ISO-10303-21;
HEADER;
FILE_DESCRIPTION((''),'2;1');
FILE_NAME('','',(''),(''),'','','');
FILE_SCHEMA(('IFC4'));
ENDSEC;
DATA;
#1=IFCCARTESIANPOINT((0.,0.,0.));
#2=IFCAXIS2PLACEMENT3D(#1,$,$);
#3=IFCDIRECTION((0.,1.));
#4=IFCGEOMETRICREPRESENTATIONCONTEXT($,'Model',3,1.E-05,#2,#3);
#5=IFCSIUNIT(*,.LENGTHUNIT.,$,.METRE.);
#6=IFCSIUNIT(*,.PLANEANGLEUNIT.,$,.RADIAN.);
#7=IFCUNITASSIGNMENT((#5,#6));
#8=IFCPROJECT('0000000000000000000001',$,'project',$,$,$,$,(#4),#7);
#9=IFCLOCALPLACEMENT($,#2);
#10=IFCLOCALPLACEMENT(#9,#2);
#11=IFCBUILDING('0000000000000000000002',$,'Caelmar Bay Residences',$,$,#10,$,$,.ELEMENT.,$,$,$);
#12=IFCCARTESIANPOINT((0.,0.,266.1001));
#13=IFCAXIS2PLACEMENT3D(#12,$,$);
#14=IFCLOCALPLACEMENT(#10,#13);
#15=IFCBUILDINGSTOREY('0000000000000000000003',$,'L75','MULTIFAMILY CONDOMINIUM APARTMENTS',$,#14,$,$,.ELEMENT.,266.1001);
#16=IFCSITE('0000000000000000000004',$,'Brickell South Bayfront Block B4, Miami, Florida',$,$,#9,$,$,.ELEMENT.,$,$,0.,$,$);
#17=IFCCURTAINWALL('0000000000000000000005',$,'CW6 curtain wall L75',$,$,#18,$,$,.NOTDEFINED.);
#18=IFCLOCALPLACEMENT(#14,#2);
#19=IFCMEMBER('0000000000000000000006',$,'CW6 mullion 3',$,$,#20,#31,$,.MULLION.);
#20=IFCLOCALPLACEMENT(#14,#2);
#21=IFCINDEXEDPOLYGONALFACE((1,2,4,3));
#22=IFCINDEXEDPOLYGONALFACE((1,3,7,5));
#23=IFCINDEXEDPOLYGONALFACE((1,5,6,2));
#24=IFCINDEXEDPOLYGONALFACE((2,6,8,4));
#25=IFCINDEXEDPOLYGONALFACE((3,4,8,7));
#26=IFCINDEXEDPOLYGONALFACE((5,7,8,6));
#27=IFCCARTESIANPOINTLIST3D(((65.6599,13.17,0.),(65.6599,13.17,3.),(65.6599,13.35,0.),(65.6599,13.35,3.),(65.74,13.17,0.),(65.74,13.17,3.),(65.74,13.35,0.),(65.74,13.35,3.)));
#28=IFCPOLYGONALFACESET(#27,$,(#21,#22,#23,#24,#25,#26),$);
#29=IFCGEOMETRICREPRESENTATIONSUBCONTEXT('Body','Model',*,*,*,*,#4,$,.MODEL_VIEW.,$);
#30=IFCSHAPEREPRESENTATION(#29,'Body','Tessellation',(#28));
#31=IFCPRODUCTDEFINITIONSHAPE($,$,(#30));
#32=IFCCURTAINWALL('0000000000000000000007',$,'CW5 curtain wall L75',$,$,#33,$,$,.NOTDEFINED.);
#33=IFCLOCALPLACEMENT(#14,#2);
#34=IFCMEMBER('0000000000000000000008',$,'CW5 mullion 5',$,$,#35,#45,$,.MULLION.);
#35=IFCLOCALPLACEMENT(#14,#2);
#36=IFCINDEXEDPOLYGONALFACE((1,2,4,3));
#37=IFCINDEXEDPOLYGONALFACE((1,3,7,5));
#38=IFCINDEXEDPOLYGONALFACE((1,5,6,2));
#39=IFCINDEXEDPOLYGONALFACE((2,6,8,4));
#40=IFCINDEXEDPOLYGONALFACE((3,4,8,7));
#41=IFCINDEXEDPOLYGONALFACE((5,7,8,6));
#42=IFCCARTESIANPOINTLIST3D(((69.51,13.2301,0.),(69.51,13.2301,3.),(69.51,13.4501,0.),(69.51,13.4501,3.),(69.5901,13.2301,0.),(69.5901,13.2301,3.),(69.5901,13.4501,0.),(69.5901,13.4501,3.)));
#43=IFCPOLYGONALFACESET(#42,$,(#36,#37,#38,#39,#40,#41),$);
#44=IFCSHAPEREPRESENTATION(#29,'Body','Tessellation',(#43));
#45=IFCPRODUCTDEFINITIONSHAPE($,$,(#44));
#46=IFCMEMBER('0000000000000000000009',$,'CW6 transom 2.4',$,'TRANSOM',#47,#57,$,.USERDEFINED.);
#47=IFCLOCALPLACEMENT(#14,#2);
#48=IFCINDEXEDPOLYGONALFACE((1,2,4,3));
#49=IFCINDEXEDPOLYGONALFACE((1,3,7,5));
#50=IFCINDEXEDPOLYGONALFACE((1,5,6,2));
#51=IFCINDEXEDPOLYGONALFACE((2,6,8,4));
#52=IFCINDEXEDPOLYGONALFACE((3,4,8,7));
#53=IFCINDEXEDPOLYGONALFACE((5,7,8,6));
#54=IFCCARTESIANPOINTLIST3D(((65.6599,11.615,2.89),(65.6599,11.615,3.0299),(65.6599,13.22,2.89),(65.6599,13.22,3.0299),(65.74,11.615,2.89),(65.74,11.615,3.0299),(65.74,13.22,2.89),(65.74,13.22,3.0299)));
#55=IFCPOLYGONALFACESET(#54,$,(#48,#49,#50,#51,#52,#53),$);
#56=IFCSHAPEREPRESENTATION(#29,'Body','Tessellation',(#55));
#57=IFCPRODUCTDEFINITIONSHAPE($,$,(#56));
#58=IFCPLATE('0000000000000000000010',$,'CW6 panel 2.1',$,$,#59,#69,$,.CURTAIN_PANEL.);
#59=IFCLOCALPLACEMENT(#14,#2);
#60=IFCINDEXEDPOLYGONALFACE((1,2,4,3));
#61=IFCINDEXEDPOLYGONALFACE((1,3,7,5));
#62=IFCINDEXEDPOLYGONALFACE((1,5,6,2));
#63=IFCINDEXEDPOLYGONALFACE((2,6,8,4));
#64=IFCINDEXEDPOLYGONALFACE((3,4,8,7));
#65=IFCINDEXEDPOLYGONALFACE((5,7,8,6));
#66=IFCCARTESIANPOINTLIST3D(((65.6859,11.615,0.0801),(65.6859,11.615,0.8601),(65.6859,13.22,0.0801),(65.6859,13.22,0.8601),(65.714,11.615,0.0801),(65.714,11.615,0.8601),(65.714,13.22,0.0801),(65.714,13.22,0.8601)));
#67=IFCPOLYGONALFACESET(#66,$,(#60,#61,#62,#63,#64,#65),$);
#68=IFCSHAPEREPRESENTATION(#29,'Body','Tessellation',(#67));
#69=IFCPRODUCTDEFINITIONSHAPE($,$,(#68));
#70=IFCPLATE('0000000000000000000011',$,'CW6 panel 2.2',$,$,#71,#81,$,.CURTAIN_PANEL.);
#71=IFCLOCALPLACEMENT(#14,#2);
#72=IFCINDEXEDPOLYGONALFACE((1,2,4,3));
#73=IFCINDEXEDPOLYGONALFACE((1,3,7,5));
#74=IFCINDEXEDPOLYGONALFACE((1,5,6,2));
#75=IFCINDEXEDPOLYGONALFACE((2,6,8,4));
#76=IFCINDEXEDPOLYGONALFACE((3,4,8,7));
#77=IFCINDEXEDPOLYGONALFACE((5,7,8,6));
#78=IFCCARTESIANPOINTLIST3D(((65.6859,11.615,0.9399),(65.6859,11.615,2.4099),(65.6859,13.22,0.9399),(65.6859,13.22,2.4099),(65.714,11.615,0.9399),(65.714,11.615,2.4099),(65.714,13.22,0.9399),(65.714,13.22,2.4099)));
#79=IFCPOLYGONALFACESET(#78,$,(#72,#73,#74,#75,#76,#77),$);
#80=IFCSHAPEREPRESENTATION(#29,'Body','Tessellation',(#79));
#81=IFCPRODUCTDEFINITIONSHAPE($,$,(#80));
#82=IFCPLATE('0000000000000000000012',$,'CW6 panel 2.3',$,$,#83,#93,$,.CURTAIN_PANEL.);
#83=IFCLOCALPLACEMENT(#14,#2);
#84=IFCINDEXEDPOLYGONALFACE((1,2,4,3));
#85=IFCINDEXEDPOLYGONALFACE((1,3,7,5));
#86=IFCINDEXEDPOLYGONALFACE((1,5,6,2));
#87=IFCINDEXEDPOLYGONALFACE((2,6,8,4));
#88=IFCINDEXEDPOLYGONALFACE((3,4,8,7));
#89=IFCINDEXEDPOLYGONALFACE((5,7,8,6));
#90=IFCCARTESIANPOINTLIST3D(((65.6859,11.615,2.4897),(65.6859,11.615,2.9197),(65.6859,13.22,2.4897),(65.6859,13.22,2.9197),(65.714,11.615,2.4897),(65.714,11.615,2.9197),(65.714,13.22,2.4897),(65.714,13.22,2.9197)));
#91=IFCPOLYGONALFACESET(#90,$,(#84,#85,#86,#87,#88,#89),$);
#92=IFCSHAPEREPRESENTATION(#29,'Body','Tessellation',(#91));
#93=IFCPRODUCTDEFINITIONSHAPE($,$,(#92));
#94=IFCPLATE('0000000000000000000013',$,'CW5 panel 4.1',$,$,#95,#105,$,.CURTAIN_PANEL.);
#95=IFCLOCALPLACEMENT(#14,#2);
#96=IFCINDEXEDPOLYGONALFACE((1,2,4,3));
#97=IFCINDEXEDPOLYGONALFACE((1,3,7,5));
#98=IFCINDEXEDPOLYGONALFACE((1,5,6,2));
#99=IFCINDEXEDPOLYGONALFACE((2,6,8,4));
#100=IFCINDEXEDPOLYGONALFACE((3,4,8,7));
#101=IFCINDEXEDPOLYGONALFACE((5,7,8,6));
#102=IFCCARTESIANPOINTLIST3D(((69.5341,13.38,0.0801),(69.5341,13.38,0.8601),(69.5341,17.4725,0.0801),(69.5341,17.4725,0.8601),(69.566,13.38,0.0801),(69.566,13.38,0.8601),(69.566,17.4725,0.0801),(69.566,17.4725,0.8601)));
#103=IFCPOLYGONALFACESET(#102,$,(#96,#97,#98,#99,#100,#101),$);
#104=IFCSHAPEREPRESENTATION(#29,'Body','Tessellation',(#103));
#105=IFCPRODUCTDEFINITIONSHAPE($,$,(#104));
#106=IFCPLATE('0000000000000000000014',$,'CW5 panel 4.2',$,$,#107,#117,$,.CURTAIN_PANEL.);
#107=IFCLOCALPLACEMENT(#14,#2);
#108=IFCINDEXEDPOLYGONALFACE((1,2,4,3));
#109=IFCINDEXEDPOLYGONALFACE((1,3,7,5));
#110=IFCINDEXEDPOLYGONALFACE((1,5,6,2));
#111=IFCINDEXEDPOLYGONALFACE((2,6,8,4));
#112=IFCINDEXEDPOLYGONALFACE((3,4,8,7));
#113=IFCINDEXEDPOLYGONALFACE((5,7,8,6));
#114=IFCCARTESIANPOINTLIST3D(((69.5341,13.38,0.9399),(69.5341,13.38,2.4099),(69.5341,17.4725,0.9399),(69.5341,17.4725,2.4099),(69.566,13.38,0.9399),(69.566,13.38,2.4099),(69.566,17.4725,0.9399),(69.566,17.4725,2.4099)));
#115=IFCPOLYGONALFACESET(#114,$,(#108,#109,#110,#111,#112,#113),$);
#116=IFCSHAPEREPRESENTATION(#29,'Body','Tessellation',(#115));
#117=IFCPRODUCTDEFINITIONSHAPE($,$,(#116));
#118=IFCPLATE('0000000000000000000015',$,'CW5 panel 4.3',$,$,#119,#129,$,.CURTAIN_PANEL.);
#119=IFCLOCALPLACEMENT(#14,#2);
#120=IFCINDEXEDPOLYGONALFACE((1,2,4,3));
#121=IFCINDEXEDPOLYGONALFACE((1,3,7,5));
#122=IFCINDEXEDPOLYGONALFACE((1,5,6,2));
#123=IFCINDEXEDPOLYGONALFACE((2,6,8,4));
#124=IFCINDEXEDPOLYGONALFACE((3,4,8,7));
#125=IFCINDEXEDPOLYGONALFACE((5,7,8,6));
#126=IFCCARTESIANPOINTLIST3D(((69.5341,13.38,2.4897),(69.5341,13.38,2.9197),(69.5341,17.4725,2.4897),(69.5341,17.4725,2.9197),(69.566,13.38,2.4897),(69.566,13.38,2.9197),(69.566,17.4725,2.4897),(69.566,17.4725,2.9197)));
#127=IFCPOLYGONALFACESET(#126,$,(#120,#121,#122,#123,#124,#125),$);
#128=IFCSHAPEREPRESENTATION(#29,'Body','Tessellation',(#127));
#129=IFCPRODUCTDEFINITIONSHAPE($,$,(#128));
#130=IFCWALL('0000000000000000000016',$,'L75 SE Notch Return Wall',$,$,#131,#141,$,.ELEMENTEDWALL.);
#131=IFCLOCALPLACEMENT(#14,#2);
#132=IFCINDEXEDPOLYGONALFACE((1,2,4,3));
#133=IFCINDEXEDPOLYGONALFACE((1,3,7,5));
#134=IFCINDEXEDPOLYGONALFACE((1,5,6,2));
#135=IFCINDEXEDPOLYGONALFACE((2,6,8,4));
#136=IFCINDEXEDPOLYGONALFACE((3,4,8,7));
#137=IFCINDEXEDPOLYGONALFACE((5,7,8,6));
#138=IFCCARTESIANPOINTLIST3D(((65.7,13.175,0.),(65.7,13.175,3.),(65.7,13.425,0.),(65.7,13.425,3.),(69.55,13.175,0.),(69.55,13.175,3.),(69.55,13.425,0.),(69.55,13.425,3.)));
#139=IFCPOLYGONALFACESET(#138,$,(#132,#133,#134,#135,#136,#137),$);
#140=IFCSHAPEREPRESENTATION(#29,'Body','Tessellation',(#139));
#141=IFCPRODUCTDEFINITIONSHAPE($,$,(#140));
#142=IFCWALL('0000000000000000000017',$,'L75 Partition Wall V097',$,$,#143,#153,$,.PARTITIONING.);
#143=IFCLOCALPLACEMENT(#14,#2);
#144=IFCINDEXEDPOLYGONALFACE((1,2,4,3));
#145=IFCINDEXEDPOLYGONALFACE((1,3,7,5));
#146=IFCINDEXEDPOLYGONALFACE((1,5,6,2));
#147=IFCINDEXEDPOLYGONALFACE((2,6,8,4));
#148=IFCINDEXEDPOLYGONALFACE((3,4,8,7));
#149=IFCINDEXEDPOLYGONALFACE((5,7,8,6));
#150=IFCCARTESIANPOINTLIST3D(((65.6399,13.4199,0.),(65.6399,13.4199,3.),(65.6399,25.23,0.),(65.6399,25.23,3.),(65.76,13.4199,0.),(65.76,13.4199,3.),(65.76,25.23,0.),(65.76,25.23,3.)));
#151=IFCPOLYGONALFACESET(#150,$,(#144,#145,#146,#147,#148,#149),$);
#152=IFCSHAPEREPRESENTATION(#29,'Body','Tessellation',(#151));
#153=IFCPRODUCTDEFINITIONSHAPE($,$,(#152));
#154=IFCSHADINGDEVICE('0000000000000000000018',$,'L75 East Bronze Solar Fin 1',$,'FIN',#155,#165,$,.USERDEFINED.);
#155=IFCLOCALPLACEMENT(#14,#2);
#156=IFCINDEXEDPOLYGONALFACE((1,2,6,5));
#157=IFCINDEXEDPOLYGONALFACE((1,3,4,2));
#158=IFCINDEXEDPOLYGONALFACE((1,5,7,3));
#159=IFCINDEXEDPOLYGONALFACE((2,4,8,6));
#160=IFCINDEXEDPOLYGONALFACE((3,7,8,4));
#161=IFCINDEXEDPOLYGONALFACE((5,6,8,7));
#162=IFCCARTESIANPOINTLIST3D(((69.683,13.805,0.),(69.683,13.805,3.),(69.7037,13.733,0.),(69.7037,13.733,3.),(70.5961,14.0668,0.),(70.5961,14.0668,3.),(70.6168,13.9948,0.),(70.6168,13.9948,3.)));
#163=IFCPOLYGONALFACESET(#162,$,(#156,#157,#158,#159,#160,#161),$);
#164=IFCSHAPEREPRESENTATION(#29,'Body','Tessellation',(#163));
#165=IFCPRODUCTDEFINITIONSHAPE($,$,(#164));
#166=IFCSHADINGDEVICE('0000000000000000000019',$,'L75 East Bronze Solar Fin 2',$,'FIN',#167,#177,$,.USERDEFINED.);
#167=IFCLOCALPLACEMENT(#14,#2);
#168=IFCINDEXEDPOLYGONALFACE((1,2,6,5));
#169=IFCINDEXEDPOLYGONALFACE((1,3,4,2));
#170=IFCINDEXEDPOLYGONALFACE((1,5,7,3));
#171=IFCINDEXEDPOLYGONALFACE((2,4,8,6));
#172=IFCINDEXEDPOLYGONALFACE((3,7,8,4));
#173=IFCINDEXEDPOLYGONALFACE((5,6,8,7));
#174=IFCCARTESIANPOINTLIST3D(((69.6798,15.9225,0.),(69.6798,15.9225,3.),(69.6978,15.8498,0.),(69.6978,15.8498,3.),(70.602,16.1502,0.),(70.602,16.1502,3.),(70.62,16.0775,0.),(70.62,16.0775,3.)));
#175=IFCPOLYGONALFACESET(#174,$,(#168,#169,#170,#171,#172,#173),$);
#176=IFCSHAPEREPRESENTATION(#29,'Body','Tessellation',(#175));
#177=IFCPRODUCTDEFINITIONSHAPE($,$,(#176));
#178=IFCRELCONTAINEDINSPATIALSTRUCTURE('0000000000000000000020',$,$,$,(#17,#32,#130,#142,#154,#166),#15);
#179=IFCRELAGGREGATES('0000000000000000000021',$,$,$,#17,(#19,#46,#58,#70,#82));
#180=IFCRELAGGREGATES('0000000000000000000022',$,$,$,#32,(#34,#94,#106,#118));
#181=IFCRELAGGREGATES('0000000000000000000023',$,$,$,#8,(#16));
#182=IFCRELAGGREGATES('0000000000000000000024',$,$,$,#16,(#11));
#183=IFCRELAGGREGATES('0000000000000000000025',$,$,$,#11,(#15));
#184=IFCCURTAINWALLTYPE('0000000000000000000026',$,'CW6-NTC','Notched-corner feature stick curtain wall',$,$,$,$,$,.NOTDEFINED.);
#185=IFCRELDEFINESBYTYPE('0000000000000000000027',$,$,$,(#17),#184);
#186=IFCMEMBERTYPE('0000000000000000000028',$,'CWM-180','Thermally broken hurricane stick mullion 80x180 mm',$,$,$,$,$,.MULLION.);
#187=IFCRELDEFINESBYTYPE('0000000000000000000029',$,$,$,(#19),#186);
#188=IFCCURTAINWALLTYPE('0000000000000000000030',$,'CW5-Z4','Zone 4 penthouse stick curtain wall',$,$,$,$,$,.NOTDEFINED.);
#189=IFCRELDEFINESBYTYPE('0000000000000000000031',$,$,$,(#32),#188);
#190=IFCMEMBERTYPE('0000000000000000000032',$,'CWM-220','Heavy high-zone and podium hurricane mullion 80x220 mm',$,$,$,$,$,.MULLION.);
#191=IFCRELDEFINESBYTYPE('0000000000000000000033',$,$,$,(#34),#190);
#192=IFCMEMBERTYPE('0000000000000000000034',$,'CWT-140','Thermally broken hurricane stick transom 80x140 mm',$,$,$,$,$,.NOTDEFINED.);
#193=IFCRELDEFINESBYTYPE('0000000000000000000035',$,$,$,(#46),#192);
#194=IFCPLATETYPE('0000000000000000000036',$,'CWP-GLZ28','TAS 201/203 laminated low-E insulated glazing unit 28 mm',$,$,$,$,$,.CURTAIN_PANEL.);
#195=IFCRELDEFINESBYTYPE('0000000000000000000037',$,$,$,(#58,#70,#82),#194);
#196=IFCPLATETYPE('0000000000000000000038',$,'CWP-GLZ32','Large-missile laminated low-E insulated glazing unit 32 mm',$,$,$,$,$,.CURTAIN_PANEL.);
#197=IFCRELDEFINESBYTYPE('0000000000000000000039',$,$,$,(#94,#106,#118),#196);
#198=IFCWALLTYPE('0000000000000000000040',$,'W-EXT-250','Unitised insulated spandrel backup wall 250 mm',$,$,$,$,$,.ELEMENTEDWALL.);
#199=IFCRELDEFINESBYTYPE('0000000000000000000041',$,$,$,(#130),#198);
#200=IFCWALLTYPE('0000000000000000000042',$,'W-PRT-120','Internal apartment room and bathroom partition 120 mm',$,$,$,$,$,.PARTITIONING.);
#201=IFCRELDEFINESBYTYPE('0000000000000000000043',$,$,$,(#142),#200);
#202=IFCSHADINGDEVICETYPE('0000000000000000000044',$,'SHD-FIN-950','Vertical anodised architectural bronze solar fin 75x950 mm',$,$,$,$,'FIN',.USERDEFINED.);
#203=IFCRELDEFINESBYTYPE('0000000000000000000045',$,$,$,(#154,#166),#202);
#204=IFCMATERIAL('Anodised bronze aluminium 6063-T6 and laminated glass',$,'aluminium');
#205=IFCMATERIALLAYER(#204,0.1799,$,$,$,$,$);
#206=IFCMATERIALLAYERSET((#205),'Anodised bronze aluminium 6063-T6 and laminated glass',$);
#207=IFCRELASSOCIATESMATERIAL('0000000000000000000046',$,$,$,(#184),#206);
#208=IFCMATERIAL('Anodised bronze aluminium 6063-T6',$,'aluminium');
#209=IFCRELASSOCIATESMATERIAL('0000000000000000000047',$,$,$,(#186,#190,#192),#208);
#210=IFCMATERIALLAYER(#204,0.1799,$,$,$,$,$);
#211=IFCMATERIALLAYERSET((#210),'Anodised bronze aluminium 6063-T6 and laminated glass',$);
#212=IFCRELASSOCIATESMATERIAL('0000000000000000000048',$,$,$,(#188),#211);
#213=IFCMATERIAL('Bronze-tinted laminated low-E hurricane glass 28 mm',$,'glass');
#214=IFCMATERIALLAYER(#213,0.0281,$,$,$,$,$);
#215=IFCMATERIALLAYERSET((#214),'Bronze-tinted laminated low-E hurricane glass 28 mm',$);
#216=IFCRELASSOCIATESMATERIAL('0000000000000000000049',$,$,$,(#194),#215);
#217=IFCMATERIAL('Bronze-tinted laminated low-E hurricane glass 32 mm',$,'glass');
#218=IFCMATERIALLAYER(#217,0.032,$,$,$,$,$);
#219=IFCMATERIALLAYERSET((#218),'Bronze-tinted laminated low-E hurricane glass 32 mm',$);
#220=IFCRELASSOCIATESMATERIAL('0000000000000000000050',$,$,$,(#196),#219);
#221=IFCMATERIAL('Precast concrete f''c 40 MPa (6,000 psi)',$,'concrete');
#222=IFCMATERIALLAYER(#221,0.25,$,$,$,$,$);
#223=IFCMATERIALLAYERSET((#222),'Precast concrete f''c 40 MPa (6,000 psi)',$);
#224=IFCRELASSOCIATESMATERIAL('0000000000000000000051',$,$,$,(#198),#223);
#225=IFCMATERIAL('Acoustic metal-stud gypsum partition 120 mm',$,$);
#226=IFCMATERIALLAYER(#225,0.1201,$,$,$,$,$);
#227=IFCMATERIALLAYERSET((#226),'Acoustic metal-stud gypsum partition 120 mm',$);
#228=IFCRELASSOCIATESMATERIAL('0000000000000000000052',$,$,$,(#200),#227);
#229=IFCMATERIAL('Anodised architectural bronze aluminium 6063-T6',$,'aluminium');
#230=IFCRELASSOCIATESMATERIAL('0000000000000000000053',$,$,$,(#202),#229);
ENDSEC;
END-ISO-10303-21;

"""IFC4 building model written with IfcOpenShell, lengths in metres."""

from ifc_helpers import new_model, si_unit, direction, frame, frame_2d, origin, origin_2d, place, context, subcontext, project, spatial, rectangle, extrude, material, layer, layer_set, material_profile, profile_set, type_object, element, aggregate, save


model = new_model("IFC4")

# Units and contexts
model_context = context("Model", 3, precision=1e-05, world=origin(), true_north=direction((0.0, 1.0)))
body_context = subcontext(model_context, "Body", "Model", "MODEL_VIEW")
ifc_project = project(units=[si_unit("LENGTHUNIT", "METRE"), si_unit("PLANEANGLEUNIT", "RADIAN")], contexts=[model_context])

# Site, building, storey
site_placement = place(None, origin())
site = spatial("IfcSite", under=ifc_project, at=site_placement, Name="Brickell South Bayfront Block B4, Miami, Florida", CompositionType="ELEMENT", RefElevation=0.0)
building_placement = place(site_placement, origin())
building = spatial("IfcBuilding", under=site, at=building_placement, Name="Caelmar Bay Residences", CompositionType="ELEMENT")
storey_placement = place(building_placement, frame((0.0, 0.0, 266.1001)))
storey = spatial("IfcBuildingStorey", under=building, at=storey_placement, Name="L75", Description="MULTIFAMILY CONDOMINIUM APARTMENTS", CompositionType="ELEMENT", Elevation=266.1001)

# Curtain walls, members
ifc_material_1 = material(Name="Anodised bronze aluminium 6063-T6 and laminated glass", Category="aluminium")
ifc_layer_1 = layer(ifc_material_1, 0.1799)
ifc_layer_set_1 = layer_set([ifc_layer_1], Name="Anodised bronze aluminium 6063-T6 and laminated glass")
curtain_wall_type_1 = type_object("IfcCurtainWallType", Name="CW6-NTC", Description="Notched-corner feature stick curtain wall", PredefinedType="NOTDEFINED", material=ifc_layer_set_1)
curtain_wall_1_placement = place(storey_placement, origin())
curtain_wall_1 = element("IfcCurtainWall", 1, at=curtain_wall_1_placement, inside=storey, type_object=curtain_wall_type_1, Name="CW6 curtain wall L75", PredefinedType="NOTDEFINED")
ifc_material_2 = material(Name="Anodised bronze aluminium 6063-T6", Category="aluminium")
ifc_material_profile_1 = material_profile(ifc_material_2, rectangle(XDim=0.0801, YDim=0.1799, at=origin_2d()), Name="CWM-80X180")
ifc_profile_set_1 = profile_set([ifc_material_profile_1], Name="Anodised bronze aluminium 6063-T6")
member_type_1 = type_object("IfcMemberType", Name="CWM-180", Description="Thermally broken hurricane stick mullion 80x180 mm", PredefinedType="MULLION", material=ifc_profile_set_1)
member_1_placement = place(storey_placement, frame((65.7, 13.26, 0.0), z_axis=(0.0, 0.0, 1.0), x_axis=(-1.0, 0.0, 0.0)))
member_1 = element("IfcMember", 2, at=member_1_placement, type_object=member_type_1, Name="CW6 mullion 3", PredefinedType="MULLION", context=body_context, shape_type="SweptSolid", body=[
    extrude(rectangle(XDim=0.0801, YDim=0.1799, at=origin_2d()), origin(), (0.0, 0.0, 1.0), 3.0),
])
ifc_layer_2 = layer(ifc_material_1, 0.1799)
ifc_layer_set_2 = layer_set([ifc_layer_2], Name="Anodised bronze aluminium 6063-T6 and laminated glass")
curtain_wall_type_2 = type_object("IfcCurtainWallType", Name="CW5-Z4", Description="Zone 4 penthouse stick curtain wall", PredefinedType="NOTDEFINED", material=ifc_layer_set_2)
curtain_wall_2_placement = place(storey_placement, origin())
curtain_wall_2 = element("IfcCurtainWall", 3, at=curtain_wall_2_placement, inside=storey, type_object=curtain_wall_type_2, Name="CW5 curtain wall L75", PredefinedType="NOTDEFINED")
ifc_material_profile_2 = material_profile(ifc_material_2, rectangle(XDim=0.0801, YDim=0.22, at=origin_2d()), Name="CWM-80X220")
ifc_profile_set_2 = profile_set([ifc_material_profile_2], Name="Anodised bronze aluminium 6063-T6")
member_type_2 = type_object("IfcMemberType", Name="CWM-220", Description="Heavy high-zone and podium hurricane mullion 80x220 mm", PredefinedType="MULLION", material=ifc_profile_set_2)
member_2_placement = place(storey_placement, frame((69.55, 13.3401, 0.0), z_axis=(0.0, 0.0, 1.0), x_axis=(1.0, 0.0, 0.0)))
member_2 = element("IfcMember", 4, at=member_2_placement, type_object=member_type_2, Name="CW5 mullion 5", PredefinedType="MULLION", context=body_context, shape_type="SweptSolid", body=[
    extrude(rectangle(XDim=0.0801, YDim=0.22, at=origin_2d()), origin(), (0.0, 0.0, 1.0), 3.0),
])

# Member
ifc_material_profile_3 = material_profile(ifc_material_2, rectangle(XDim=0.0801, YDim=0.1399, at=origin_2d()), Name="CWT-80X140")
ifc_profile_set_3 = profile_set([ifc_material_profile_3], Name="Anodised bronze aluminium 6063-T6")
member_type_3 = type_object("IfcMemberType", Name="CWT-140", Description="Thermally broken hurricane stick transom 80x140 mm", PredefinedType="NOTDEFINED", material=ifc_profile_set_3)
member_3_placement = place(storey_placement, frame((65.7, 11.615, 2.96), z_axis=(0.0, 1.0, 0.0), x_axis=(-1.0, 0.0, 0.0)))
member_3 = element("IfcMember", 5, at=member_3_placement, type_object=member_type_3, Name="CW6 transom 2.4", ObjectType="TRANSOM", PredefinedType="USERDEFINED", context=body_context, shape_type="SweptSolid", body=[
    extrude(rectangle(XDim=0.0801, YDim=0.1399, at=origin_2d()), origin(), (0.0, 0.0, 1.0), 1.605),
])

# Plates
ifc_material_3 = material(Name="Bronze-tinted laminated low-E hurricane glass 28 mm", Category="glass")
ifc_layer_3 = layer(ifc_material_3, 0.0281)
ifc_layer_set_3 = layer_set([ifc_layer_3], Name="Bronze-tinted laminated low-E hurricane glass 28 mm")
plate_type_1 = type_object("IfcPlateType", Name="CWP-GLZ28", Description="TAS 201/203 laminated low-E insulated glazing unit 28 mm", PredefinedType="CURTAIN_PANEL", material=ifc_layer_set_3)
plate_1_placement = place(storey_placement, frame((65.7, 12.4175, 0.0801), z_axis=(0.0, 0.0, 1.0), x_axis=(0.0, 1.0, 0.0)))
plate_1 = element("IfcPlate", 6, at=plate_1_placement, type_object=plate_type_1, Name="CW6 panel 2.1", PredefinedType="CURTAIN_PANEL", context=body_context, shape_type="SweptSolid", body=[
    extrude(rectangle(XDim=1.605, YDim=0.0281, at=origin_2d()), origin(), (0.0, 0.0, 1.0), 0.78),
])
plate_2_placement = place(storey_placement, frame((65.7, 12.4175, 0.9399), z_axis=(0.0, 0.0, 1.0), x_axis=(0.0, 1.0, 0.0)))
plate_2 = element("IfcPlate", 7, at=plate_2_placement, type_object=plate_type_1, Name="CW6 panel 2.2", PredefinedType="CURTAIN_PANEL", context=body_context, shape_type="SweptSolid", body=[
    extrude(rectangle(XDim=1.605, YDim=0.0281, at=origin_2d()), origin(), (0.0, 0.0, 1.0), 1.47),
])
plate_3_placement = place(storey_placement, frame((65.7, 12.4175, 2.4897), z_axis=(0.0, 0.0, 1.0), x_axis=(0.0, 1.0, 0.0)))
plate_3 = element("IfcPlate", 8, at=plate_3_placement, type_object=plate_type_1, Name="CW6 panel 2.3", PredefinedType="CURTAIN_PANEL", context=body_context, shape_type="SweptSolid", body=[
    extrude(rectangle(XDim=1.605, YDim=0.0281, at=origin_2d()), origin(), (0.0, 0.0, 1.0), 0.4299),
])
aggregate(curtain_wall_1, [member_1, member_3, plate_1, plate_2, plate_3])
ifc_material_4 = material(Name="Bronze-tinted laminated low-E hurricane glass 32 mm", Category="glass")
ifc_layer_4 = layer(ifc_material_4, 0.032)
ifc_layer_set_4 = layer_set([ifc_layer_4], Name="Bronze-tinted laminated low-E hurricane glass 32 mm")
plate_type_2 = type_object("IfcPlateType", Name="CWP-GLZ32", Description="Large-missile laminated low-E insulated glazing unit 32 mm", PredefinedType="CURTAIN_PANEL", material=ifc_layer_set_4)
plate_4_placement = place(storey_placement, frame((69.55, 15.4263, 0.0801), z_axis=(0.0, 0.0, 1.0), x_axis=(0.0, -1.0, 0.0)))
plate_4 = element("IfcPlate", 9, at=plate_4_placement, type_object=plate_type_2, Name="CW5 panel 4.1", PredefinedType="CURTAIN_PANEL", context=body_context, shape_type="SweptSolid", body=[
    extrude(rectangle(XDim=4.0925, YDim=0.032, at=origin_2d()), origin(), (0.0, 0.0, 1.0), 0.78),
])
plate_5_placement = place(storey_placement, frame((69.55, 15.4263, 0.9399), z_axis=(0.0, 0.0, 1.0), x_axis=(0.0, -1.0, 0.0)))
plate_5 = element("IfcPlate", 10, at=plate_5_placement, type_object=plate_type_2, Name="CW5 panel 4.2", PredefinedType="CURTAIN_PANEL", context=body_context, shape_type="SweptSolid", body=[
    extrude(rectangle(XDim=4.0925, YDim=0.032, at=origin_2d()), origin(), (0.0, 0.0, 1.0), 1.47),
])
plate_6_placement = place(storey_placement, frame((69.55, 15.4263, 2.4897), z_axis=(0.0, 0.0, 1.0), x_axis=(0.0, -1.0, 0.0)))
plate_6 = element("IfcPlate", 11, at=plate_6_placement, type_object=plate_type_2, Name="CW5 panel 4.3", PredefinedType="CURTAIN_PANEL", context=body_context, shape_type="SweptSolid", body=[
    extrude(rectangle(XDim=4.0925, YDim=0.032, at=origin_2d()), origin(), (0.0, 0.0, 1.0), 0.4299),
])
aggregate(curtain_wall_2, [member_2, plate_4, plate_5, plate_6])

# Walls
ifc_material_5 = material(Name="Precast concrete f'c 40 MPa (6,000 psi)", Category="concrete")
ifc_layer_5 = layer(ifc_material_5, 0.25)
ifc_layer_set_5 = layer_set([ifc_layer_5], Name="Precast concrete f'c 40 MPa (6,000 psi)")
wall_type_1 = type_object("IfcWallType", Name="W-EXT-250", Description="Unitised insulated spandrel backup wall 250 mm", PredefinedType="ELEMENTEDWALL", material=ifc_layer_set_5)
wall_1_placement = place(storey_placement, frame((65.7, 13.3, 0.0), z_axis=(0.0, 0.0, 1.0), x_axis=(1.0, 0.0, 0.0)))
element("IfcWall", 12, at=wall_1_placement, inside=storey, type_object=wall_type_1, Name="L75 SE Notch Return Wall", PredefinedType="ELEMENTEDWALL", context=body_context, shape_type="SweptSolid", body=[
    extrude(rectangle(XDim=3.8501, YDim=0.25, at=frame_2d((1.925, 0.0))), origin(), (0.0, 0.0, 1.0), 3.0),
])
ifc_material_6 = material(Name="Acoustic metal-stud gypsum partition 120 mm")
ifc_layer_6 = layer(ifc_material_6, 0.1201)
ifc_layer_set_6 = layer_set([ifc_layer_6], Name="Acoustic metal-stud gypsum partition 120 mm")
wall_type_2 = type_object("IfcWallType", Name="W-PRT-120", Description="Internal apartment room and bathroom partition 120 mm", PredefinedType="PARTITIONING", material=ifc_layer_set_6)
wall_2_placement = place(storey_placement, frame((65.7, 13.4199, 0.0), z_axis=(0.0, 0.0, 1.0), x_axis=(0.0, 1.0, 0.0)))
element("IfcWall", 13, at=wall_2_placement, inside=storey, type_object=wall_type_2, Name="L75 Partition Wall V097", PredefinedType="PARTITIONING", context=body_context, shape_type="SweptSolid", body=[
    extrude(rectangle(XDim=11.8101, YDim=0.1201, at=frame_2d((5.905, 0.0))), origin(), (0.0, 0.0, 1.0), 3.0),
])

# Shading devices
ifc_material_7 = material(Name="Anodised architectural bronze aluminium 6063-T6", Category="aluminium")
ifc_material_profile_4 = material_profile(ifc_material_7, rectangle(XDim=0.075, YDim=0.95, at=origin_2d()), Name="BRONZE-FIN-75X950")
ifc_profile_set_4 = profile_set([ifc_material_profile_4], Name="Anodised architectural bronze aluminium 6063-T6")
shading_device_type = type_object("IfcShadingDeviceType", Name="SHD-FIN-950", Description="Vertical anodised architectural bronze solar fin 75x950 mm", ElementType="FIN", PredefinedType="USERDEFINED", material=ifc_profile_set_4)
for number, where, z_axis, x_axis, name in (
    (14, (70.1499, 13.8999, 0.0), (0.0, 0.0, 1.0), (-0.275637, 0.961262, 0.0), "L75 East Bronze Solar Fin 1"),
    (15, (70.1499, 16.0, 0.0), (0.0, 0.0, 1.0), (-0.23972, 0.970842, 0.0), "L75 East Bronze Solar Fin 2"),
):
    element("IfcShadingDevice", number, at=place(storey_placement, frame(where, z_axis=z_axis, x_axis=x_axis)), inside=storey, type_object=shading_device_type, Name=name, ObjectType="FIN", PredefinedType="USERDEFINED", context=body_context, shape_type="SweptSolid", body=[
        extrude(rectangle(XDim=0.075, YDim=0.95, at=origin_2d()), origin(), (0.0, 0.0, 1.0), 3.0),
    ])

save(model, "model.ifc")
